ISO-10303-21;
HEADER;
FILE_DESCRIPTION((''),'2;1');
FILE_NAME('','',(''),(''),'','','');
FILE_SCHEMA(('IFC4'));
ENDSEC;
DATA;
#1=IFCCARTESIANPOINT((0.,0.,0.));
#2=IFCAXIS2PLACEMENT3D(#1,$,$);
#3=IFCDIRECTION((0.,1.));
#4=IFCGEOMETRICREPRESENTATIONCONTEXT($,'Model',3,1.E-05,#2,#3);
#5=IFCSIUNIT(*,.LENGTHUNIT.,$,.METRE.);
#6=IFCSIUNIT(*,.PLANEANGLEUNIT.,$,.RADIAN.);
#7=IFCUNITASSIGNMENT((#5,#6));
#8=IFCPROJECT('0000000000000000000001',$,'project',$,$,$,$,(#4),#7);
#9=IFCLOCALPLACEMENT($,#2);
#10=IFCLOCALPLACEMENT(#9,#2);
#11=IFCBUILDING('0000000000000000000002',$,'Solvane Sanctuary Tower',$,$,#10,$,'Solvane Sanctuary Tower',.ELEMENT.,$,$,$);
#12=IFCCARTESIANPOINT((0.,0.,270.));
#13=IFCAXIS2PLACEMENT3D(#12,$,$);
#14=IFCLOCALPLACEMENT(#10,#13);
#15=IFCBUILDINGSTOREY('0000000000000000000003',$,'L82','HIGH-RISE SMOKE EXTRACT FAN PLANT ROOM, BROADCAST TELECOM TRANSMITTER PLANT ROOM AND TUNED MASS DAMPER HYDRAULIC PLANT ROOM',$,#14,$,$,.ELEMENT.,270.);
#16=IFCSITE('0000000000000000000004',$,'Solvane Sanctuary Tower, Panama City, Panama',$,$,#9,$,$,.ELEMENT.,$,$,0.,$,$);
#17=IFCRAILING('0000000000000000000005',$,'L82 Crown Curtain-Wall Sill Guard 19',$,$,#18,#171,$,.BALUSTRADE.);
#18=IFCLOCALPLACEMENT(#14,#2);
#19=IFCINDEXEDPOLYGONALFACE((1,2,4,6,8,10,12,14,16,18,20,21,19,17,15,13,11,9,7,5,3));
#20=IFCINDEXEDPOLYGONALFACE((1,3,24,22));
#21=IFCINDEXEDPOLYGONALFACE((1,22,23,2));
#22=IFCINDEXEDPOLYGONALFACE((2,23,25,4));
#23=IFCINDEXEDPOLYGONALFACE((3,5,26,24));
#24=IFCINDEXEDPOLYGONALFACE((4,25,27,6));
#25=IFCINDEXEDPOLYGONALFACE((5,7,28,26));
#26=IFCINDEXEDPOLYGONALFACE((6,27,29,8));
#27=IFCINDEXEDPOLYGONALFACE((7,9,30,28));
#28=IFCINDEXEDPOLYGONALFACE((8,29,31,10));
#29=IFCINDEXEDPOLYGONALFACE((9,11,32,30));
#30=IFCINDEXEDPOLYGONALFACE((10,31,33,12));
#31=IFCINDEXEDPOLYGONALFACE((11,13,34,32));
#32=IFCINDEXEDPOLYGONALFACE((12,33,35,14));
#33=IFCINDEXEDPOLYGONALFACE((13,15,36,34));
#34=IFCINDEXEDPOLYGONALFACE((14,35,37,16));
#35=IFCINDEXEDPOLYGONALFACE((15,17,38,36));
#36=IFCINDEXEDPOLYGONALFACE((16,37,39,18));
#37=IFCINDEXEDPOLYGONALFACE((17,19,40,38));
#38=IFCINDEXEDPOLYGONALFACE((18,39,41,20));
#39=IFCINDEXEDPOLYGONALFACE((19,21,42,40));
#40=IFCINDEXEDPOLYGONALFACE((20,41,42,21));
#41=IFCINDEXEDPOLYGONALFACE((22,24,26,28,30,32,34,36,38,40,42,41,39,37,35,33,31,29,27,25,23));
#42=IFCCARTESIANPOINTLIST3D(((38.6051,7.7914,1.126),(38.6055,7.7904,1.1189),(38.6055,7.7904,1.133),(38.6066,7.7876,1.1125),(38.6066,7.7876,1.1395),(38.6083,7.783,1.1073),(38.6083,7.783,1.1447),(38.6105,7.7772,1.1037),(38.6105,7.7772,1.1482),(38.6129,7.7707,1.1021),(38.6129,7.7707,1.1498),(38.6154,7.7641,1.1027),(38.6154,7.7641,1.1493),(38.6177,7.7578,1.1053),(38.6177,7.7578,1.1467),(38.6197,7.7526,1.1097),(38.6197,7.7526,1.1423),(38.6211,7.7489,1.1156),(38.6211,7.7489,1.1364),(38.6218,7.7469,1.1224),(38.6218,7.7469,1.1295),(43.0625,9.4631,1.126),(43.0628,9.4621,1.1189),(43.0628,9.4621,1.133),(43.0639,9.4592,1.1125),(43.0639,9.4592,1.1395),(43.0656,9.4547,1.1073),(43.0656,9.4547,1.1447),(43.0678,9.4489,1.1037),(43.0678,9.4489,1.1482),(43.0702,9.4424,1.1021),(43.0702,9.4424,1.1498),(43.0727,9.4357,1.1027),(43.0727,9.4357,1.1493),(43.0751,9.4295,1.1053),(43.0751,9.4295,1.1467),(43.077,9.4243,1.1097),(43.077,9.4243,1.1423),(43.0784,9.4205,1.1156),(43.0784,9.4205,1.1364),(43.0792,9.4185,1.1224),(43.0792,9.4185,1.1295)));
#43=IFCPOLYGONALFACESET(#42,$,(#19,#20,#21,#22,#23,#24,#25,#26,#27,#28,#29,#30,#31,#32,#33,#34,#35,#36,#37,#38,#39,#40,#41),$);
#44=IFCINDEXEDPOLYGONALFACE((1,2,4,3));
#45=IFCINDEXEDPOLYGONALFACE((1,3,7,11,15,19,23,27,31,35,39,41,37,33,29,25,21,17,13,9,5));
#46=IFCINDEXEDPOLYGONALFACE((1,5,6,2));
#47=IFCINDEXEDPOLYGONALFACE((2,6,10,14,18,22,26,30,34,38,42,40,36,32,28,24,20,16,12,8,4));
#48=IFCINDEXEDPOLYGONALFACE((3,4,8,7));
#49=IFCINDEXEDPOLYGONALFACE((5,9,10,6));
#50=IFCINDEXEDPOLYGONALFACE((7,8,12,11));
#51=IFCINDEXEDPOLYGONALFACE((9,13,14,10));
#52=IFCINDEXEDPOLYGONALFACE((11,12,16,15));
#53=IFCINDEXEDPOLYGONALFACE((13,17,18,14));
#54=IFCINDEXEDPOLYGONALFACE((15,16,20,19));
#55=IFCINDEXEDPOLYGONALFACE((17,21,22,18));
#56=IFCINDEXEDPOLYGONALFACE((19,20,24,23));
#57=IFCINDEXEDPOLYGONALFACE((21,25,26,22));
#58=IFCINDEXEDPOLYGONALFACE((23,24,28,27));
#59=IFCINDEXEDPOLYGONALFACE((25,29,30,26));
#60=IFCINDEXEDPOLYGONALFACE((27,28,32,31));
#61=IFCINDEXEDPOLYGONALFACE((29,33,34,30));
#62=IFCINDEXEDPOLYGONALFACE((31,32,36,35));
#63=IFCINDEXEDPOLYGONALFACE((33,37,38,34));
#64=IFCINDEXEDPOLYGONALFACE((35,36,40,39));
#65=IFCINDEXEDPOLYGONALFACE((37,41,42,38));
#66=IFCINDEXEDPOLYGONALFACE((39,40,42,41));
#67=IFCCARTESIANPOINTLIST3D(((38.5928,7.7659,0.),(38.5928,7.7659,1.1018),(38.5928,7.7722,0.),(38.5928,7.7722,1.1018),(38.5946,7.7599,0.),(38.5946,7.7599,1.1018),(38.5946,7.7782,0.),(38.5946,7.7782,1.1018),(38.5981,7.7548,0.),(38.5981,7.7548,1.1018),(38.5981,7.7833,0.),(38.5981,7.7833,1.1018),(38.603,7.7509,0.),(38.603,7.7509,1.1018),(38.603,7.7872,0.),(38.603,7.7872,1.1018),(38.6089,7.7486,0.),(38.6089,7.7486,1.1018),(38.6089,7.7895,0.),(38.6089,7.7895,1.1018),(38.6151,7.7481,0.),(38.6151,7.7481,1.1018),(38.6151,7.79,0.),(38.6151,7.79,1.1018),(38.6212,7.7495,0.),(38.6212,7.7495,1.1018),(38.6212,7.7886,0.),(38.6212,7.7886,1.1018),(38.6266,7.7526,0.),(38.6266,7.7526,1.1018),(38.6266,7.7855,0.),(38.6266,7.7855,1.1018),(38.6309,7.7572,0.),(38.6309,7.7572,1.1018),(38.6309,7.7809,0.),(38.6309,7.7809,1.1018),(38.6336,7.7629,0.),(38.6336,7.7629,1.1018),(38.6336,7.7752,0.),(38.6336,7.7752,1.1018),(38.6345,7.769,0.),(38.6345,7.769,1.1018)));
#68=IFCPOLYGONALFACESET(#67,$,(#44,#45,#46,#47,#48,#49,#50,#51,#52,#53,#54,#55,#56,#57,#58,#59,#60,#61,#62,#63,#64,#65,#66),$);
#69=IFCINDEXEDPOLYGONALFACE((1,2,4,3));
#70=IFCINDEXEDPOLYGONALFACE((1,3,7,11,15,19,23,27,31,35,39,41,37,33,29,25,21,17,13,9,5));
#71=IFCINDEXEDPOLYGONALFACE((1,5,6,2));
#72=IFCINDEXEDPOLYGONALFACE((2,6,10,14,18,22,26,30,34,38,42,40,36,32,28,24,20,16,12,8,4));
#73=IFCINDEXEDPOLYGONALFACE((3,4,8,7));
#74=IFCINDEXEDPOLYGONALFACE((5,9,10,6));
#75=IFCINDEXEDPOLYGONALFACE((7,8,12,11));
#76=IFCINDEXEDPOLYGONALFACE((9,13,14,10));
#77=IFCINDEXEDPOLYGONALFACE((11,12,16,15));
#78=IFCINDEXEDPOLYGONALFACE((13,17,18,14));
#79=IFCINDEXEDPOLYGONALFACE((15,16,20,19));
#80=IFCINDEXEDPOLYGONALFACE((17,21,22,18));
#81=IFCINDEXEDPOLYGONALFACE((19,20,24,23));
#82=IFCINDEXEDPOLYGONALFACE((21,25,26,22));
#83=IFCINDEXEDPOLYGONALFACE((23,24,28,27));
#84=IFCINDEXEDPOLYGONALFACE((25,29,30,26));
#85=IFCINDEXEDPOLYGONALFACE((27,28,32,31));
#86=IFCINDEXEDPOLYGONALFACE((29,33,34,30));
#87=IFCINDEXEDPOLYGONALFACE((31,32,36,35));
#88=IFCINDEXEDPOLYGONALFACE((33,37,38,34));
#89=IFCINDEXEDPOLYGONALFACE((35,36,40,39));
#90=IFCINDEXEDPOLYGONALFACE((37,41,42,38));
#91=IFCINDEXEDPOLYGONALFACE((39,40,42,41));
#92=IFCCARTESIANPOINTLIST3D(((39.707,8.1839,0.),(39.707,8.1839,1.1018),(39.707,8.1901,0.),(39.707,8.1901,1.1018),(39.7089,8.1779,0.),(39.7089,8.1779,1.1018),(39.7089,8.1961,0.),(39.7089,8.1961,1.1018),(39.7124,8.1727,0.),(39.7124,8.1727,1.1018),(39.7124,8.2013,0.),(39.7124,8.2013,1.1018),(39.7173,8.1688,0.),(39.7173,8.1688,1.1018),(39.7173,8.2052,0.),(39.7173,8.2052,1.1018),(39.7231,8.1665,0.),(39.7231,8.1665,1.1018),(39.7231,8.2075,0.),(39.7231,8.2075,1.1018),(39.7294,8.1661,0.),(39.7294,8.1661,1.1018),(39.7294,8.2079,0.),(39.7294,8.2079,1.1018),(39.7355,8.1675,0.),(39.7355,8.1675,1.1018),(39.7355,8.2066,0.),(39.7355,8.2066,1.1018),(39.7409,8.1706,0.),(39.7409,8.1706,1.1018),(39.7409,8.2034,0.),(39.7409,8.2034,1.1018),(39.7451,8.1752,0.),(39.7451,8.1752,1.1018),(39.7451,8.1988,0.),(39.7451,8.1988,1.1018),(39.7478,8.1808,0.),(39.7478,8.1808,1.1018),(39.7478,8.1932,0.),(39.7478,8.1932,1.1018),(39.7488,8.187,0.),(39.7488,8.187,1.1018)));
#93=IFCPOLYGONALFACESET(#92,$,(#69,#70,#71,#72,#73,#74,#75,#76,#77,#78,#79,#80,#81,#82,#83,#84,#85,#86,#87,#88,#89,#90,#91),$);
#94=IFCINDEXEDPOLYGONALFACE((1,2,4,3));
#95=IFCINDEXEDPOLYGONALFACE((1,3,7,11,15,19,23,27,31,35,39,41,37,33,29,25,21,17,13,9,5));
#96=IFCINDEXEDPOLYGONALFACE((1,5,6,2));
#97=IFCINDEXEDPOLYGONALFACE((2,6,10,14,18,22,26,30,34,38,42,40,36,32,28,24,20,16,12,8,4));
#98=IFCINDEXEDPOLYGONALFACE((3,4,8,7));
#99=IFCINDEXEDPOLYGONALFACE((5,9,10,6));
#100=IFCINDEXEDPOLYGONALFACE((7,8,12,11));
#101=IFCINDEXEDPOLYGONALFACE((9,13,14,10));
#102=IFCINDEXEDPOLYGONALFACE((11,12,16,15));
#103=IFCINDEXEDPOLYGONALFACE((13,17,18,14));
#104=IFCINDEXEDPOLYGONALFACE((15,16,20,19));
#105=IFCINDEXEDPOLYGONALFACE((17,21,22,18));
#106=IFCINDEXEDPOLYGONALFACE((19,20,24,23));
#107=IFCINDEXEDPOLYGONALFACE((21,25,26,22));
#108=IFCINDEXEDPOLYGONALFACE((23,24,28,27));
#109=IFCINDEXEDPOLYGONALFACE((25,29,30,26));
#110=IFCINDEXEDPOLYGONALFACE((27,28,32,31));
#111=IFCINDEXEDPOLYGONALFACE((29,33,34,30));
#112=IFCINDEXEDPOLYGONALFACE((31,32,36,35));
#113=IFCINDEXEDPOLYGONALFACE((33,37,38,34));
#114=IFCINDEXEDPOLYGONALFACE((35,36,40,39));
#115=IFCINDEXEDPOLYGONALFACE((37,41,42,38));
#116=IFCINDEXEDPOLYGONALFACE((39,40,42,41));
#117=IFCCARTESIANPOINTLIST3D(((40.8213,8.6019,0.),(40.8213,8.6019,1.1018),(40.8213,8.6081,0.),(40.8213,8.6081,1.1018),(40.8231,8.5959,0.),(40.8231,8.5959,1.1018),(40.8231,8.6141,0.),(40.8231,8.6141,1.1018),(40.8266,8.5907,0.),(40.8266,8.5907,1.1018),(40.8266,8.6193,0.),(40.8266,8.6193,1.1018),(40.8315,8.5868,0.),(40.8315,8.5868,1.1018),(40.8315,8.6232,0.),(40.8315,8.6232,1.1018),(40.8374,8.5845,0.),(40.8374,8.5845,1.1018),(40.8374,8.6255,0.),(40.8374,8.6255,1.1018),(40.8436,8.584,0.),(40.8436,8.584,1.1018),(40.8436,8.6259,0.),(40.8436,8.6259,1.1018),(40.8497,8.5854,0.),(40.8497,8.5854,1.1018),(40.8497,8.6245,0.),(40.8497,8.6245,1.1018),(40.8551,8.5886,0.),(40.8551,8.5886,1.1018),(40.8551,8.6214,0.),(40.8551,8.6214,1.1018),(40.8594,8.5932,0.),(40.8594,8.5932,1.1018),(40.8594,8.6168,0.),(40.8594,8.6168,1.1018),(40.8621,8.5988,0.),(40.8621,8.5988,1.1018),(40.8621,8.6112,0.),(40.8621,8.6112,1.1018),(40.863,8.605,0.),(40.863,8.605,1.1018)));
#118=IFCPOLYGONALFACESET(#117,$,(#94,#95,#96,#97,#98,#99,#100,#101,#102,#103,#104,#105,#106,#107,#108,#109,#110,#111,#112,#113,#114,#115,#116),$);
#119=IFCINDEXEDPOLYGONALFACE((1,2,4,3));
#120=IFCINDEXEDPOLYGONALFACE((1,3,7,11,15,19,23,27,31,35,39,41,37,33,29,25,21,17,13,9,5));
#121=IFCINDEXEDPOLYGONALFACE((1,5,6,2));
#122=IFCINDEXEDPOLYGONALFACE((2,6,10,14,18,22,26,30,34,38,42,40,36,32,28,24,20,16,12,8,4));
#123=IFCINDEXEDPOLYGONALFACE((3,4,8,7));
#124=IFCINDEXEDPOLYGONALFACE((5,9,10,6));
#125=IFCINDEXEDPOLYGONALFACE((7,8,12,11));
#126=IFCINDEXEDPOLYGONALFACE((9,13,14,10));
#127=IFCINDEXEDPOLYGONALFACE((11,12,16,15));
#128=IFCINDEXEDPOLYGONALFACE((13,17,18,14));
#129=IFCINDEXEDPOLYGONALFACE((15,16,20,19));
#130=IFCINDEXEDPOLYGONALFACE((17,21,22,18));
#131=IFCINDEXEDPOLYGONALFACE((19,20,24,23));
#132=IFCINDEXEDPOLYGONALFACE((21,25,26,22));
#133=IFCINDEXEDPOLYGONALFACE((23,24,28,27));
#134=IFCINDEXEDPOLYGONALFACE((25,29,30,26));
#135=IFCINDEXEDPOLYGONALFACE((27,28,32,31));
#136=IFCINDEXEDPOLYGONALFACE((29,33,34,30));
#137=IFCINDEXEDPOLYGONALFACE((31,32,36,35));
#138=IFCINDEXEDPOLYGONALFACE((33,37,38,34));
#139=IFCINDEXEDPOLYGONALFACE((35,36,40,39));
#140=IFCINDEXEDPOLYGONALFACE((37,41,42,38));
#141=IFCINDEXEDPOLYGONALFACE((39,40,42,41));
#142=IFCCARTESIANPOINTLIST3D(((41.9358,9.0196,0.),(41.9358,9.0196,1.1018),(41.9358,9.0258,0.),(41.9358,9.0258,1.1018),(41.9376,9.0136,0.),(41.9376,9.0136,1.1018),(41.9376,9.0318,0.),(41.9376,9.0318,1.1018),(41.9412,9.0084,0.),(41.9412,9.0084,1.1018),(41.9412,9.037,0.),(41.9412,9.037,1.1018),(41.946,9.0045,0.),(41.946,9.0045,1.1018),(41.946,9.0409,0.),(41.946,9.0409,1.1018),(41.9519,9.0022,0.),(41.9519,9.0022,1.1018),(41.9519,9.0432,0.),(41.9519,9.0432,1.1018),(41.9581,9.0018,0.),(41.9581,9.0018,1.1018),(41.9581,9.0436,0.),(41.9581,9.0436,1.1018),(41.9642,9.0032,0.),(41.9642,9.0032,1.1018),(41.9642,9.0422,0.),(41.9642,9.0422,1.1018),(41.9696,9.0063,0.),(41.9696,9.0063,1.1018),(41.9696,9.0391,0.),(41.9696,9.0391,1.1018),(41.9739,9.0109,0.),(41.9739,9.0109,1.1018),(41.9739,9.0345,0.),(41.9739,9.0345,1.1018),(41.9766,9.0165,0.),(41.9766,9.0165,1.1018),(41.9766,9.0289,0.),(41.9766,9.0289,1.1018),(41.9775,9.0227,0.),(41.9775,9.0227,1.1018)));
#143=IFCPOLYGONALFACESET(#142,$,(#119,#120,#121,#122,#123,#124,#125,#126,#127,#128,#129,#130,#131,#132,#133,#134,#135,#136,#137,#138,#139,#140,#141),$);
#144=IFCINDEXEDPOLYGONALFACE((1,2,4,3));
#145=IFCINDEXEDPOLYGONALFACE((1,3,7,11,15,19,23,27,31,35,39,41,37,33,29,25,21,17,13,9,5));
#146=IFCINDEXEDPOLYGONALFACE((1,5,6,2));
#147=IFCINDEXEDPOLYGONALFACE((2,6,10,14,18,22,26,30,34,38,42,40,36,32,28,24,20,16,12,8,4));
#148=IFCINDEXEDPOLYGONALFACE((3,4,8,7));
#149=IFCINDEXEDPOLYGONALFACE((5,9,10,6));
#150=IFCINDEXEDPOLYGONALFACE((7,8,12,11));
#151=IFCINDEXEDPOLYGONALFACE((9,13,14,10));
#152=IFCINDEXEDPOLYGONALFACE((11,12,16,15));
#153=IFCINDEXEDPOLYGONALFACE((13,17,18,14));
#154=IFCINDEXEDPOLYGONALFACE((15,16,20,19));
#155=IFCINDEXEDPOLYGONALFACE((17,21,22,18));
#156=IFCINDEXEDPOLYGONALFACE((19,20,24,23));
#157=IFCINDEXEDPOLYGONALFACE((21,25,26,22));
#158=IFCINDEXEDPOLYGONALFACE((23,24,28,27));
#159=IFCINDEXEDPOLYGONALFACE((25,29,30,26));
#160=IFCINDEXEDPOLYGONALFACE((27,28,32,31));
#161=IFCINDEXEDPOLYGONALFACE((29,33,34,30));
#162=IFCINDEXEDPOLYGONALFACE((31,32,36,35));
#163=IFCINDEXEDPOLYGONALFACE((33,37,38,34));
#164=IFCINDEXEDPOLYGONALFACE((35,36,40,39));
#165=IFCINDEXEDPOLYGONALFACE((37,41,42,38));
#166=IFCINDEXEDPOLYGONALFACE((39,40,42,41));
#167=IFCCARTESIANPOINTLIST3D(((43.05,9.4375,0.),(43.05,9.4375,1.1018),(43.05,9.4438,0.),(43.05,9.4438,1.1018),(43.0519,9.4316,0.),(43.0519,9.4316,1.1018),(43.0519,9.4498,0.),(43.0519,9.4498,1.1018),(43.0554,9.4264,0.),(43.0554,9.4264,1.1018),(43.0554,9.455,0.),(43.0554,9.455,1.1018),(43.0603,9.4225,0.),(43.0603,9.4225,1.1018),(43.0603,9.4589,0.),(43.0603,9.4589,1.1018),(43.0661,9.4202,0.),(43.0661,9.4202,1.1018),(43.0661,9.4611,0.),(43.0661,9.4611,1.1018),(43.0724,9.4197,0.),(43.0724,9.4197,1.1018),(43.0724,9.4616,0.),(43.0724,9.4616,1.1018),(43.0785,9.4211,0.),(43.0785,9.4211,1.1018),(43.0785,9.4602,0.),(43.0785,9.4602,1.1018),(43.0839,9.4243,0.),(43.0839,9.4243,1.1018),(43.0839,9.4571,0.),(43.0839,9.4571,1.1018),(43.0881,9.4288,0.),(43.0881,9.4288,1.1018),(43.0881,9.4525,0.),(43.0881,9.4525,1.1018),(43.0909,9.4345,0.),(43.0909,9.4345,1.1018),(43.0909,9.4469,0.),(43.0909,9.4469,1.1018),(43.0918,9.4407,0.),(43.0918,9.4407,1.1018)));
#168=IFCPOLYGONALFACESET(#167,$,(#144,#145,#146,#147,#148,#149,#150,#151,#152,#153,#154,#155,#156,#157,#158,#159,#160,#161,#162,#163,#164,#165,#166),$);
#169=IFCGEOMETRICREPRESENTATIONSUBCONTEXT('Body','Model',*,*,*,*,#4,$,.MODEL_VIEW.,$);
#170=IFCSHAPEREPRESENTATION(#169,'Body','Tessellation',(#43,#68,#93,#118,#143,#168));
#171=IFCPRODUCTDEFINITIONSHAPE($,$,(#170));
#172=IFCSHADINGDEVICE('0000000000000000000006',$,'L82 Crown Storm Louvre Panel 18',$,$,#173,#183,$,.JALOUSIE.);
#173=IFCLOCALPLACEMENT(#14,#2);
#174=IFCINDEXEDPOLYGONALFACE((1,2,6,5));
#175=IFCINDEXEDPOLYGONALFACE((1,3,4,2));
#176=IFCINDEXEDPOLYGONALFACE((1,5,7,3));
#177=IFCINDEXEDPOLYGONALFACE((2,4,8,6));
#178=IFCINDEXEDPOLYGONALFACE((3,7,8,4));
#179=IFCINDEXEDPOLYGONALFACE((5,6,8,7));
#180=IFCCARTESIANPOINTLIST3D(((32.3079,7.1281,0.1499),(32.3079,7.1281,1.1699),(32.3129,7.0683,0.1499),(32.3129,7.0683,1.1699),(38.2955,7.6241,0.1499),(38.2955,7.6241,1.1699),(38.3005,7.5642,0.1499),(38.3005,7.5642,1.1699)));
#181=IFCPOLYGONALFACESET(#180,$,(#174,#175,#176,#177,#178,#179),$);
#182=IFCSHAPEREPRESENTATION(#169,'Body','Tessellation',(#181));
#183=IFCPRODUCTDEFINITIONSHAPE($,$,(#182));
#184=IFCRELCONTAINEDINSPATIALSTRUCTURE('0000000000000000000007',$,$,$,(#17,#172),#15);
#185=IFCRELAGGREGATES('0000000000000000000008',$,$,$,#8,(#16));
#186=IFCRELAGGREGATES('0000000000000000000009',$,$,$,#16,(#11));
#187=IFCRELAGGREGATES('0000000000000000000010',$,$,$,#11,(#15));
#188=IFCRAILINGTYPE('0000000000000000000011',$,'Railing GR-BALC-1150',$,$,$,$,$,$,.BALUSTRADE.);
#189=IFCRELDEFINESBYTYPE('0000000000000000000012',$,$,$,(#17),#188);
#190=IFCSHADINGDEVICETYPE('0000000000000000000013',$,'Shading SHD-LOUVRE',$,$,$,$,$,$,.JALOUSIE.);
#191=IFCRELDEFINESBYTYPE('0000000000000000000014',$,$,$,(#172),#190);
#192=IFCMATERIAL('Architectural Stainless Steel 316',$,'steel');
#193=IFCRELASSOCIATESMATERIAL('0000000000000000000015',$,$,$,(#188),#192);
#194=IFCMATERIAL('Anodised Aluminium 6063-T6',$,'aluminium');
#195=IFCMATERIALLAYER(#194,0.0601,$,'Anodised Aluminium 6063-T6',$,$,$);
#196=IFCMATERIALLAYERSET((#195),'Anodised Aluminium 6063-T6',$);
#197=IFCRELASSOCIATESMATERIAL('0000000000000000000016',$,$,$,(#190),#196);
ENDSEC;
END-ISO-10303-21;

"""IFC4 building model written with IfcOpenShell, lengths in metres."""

from ifc_helpers import new_model, si_unit, direction, frame, origin, origin_2d, place, context, subcontext, project, spatial, rectangle, circle, extrude, material, layer, layer_set, type_object, element, save


model = new_model("IFC4")

# Units and contexts
model_context = context("Model", 3, precision=1e-05, world=origin(), true_north=direction((0.0, 1.0)))
body_context = subcontext(model_context, "Body", "Model", "MODEL_VIEW")
ifc_project = project(units=[si_unit("LENGTHUNIT", "METRE"), si_unit("PLANEANGLEUNIT", "RADIAN")], contexts=[model_context])

# Site, building, storey
site_placement = place(None, origin())
site = spatial("IfcSite", under=ifc_project, at=site_placement, Name="Solvane Sanctuary Tower, Panama City, Panama", CompositionType="ELEMENT", RefElevation=0.0)
building_placement = place(site_placement, origin())
building = spatial("IfcBuilding", under=site, at=building_placement, Name="Solvane Sanctuary Tower", LongName="Solvane Sanctuary Tower", CompositionType="ELEMENT")
storey_placement = place(building_placement, frame((0.0, 0.0, 270.0)))
storey = spatial("IfcBuildingStorey", under=building, at=storey_placement, Name="L82", Description="HIGH-RISE SMOKE EXTRACT FAN PLANT ROOM, BROADCAST TELECOM TRANSMITTER PLANT ROOM AND TUNED MASS DAMPER HYDRAULIC PLANT ROOM", CompositionType="ELEMENT", Elevation=270.0)

# Shared definitions
ifc_material_1 = material(Name="Anodised Aluminium 6063-T6", Category="aluminium")

# Shared definitions
ifc_material_2 = material(Name="Architectural Stainless Steel 316", Category="steel")

# Railing
railing_type = type_object("IfcRailingType", Name="Railing GR-BALC-1150", PredefinedType="BALUSTRADE", material=ifc_material_2)
railing_placement = place(storey_placement, frame((38.6135, 7.769, 0.0)))
element("IfcRailing", 1, at=railing_placement, inside=storey, type_object=railing_type, Name="L82 Crown Curtain-Wall Sill Guard 19", PredefinedType="BALUSTRADE", context=body_context, shape_type="SweptSolid", body=[
    extrude(circle(Radius=0.0239, at=origin_2d()), frame((0.0, 0.0, 1.126), z_axis=(0.936319, 0.351152, 0.0), x_axis=(-0.351152, 0.936319, 0.0)), (0.0, 0.0, 1.0), 4.7605),
    extrude(circle(Radius=0.021, at=origin_2d()), origin(), (0.0, 0.0, 1.0), 1.1018),
    extrude(circle(Radius=0.021, at=origin_2d()), frame((1.1143, 0.418, 0.0)), (0.0, 0.0, 1.0), 1.1018),
    extrude(circle(Radius=0.021, at=origin_2d()), frame((2.2285, 0.8359, 0.0)), (0.0, 0.0, 1.0), 1.1018),
    extrude(circle(Radius=0.021, at=origin_2d()), frame((3.343, 1.2537, 0.0)), (0.0, 0.0, 1.0), 1.1018),
    extrude(circle(Radius=0.021, at=origin_2d()), frame((4.4573, 1.6716, 0.0)), (0.0, 0.0, 1.0), 1.1018),
])

# Shading device
ifc_layer_1 = layer(ifc_material_1, 0.0601, Name="Anodised Aluminium 6063-T6")
ifc_layer_set_1 = layer_set([ifc_layer_1], Name="Anodised Aluminium 6063-T6")
shading_device_type = type_object("IfcShadingDeviceType", Name="Shading SHD-LOUVRE", PredefinedType="JALOUSIE", material=ifc_layer_set_1)
shading_device_placement = place(storey_placement, frame((35.3042, 7.3462, 0.1499), z_axis=(0.0, 0.0, 1.0), x_axis=(0.996587, 0.082551, 0.0)))
element("IfcShadingDevice", 2, at=shading_device_placement, inside=storey, type_object=shading_device_type, Name="L82 Crown Storm Louvre Panel 18", PredefinedType="JALOUSIE", context=body_context, shape_type="SweptSolid", body=[
    extrude(rectangle(XDim=6.0081, YDim=0.0601, at=origin_2d()), origin(), (0.0, 0.0, 1.0), 1.02),
])

save(model, "model.ifc")
